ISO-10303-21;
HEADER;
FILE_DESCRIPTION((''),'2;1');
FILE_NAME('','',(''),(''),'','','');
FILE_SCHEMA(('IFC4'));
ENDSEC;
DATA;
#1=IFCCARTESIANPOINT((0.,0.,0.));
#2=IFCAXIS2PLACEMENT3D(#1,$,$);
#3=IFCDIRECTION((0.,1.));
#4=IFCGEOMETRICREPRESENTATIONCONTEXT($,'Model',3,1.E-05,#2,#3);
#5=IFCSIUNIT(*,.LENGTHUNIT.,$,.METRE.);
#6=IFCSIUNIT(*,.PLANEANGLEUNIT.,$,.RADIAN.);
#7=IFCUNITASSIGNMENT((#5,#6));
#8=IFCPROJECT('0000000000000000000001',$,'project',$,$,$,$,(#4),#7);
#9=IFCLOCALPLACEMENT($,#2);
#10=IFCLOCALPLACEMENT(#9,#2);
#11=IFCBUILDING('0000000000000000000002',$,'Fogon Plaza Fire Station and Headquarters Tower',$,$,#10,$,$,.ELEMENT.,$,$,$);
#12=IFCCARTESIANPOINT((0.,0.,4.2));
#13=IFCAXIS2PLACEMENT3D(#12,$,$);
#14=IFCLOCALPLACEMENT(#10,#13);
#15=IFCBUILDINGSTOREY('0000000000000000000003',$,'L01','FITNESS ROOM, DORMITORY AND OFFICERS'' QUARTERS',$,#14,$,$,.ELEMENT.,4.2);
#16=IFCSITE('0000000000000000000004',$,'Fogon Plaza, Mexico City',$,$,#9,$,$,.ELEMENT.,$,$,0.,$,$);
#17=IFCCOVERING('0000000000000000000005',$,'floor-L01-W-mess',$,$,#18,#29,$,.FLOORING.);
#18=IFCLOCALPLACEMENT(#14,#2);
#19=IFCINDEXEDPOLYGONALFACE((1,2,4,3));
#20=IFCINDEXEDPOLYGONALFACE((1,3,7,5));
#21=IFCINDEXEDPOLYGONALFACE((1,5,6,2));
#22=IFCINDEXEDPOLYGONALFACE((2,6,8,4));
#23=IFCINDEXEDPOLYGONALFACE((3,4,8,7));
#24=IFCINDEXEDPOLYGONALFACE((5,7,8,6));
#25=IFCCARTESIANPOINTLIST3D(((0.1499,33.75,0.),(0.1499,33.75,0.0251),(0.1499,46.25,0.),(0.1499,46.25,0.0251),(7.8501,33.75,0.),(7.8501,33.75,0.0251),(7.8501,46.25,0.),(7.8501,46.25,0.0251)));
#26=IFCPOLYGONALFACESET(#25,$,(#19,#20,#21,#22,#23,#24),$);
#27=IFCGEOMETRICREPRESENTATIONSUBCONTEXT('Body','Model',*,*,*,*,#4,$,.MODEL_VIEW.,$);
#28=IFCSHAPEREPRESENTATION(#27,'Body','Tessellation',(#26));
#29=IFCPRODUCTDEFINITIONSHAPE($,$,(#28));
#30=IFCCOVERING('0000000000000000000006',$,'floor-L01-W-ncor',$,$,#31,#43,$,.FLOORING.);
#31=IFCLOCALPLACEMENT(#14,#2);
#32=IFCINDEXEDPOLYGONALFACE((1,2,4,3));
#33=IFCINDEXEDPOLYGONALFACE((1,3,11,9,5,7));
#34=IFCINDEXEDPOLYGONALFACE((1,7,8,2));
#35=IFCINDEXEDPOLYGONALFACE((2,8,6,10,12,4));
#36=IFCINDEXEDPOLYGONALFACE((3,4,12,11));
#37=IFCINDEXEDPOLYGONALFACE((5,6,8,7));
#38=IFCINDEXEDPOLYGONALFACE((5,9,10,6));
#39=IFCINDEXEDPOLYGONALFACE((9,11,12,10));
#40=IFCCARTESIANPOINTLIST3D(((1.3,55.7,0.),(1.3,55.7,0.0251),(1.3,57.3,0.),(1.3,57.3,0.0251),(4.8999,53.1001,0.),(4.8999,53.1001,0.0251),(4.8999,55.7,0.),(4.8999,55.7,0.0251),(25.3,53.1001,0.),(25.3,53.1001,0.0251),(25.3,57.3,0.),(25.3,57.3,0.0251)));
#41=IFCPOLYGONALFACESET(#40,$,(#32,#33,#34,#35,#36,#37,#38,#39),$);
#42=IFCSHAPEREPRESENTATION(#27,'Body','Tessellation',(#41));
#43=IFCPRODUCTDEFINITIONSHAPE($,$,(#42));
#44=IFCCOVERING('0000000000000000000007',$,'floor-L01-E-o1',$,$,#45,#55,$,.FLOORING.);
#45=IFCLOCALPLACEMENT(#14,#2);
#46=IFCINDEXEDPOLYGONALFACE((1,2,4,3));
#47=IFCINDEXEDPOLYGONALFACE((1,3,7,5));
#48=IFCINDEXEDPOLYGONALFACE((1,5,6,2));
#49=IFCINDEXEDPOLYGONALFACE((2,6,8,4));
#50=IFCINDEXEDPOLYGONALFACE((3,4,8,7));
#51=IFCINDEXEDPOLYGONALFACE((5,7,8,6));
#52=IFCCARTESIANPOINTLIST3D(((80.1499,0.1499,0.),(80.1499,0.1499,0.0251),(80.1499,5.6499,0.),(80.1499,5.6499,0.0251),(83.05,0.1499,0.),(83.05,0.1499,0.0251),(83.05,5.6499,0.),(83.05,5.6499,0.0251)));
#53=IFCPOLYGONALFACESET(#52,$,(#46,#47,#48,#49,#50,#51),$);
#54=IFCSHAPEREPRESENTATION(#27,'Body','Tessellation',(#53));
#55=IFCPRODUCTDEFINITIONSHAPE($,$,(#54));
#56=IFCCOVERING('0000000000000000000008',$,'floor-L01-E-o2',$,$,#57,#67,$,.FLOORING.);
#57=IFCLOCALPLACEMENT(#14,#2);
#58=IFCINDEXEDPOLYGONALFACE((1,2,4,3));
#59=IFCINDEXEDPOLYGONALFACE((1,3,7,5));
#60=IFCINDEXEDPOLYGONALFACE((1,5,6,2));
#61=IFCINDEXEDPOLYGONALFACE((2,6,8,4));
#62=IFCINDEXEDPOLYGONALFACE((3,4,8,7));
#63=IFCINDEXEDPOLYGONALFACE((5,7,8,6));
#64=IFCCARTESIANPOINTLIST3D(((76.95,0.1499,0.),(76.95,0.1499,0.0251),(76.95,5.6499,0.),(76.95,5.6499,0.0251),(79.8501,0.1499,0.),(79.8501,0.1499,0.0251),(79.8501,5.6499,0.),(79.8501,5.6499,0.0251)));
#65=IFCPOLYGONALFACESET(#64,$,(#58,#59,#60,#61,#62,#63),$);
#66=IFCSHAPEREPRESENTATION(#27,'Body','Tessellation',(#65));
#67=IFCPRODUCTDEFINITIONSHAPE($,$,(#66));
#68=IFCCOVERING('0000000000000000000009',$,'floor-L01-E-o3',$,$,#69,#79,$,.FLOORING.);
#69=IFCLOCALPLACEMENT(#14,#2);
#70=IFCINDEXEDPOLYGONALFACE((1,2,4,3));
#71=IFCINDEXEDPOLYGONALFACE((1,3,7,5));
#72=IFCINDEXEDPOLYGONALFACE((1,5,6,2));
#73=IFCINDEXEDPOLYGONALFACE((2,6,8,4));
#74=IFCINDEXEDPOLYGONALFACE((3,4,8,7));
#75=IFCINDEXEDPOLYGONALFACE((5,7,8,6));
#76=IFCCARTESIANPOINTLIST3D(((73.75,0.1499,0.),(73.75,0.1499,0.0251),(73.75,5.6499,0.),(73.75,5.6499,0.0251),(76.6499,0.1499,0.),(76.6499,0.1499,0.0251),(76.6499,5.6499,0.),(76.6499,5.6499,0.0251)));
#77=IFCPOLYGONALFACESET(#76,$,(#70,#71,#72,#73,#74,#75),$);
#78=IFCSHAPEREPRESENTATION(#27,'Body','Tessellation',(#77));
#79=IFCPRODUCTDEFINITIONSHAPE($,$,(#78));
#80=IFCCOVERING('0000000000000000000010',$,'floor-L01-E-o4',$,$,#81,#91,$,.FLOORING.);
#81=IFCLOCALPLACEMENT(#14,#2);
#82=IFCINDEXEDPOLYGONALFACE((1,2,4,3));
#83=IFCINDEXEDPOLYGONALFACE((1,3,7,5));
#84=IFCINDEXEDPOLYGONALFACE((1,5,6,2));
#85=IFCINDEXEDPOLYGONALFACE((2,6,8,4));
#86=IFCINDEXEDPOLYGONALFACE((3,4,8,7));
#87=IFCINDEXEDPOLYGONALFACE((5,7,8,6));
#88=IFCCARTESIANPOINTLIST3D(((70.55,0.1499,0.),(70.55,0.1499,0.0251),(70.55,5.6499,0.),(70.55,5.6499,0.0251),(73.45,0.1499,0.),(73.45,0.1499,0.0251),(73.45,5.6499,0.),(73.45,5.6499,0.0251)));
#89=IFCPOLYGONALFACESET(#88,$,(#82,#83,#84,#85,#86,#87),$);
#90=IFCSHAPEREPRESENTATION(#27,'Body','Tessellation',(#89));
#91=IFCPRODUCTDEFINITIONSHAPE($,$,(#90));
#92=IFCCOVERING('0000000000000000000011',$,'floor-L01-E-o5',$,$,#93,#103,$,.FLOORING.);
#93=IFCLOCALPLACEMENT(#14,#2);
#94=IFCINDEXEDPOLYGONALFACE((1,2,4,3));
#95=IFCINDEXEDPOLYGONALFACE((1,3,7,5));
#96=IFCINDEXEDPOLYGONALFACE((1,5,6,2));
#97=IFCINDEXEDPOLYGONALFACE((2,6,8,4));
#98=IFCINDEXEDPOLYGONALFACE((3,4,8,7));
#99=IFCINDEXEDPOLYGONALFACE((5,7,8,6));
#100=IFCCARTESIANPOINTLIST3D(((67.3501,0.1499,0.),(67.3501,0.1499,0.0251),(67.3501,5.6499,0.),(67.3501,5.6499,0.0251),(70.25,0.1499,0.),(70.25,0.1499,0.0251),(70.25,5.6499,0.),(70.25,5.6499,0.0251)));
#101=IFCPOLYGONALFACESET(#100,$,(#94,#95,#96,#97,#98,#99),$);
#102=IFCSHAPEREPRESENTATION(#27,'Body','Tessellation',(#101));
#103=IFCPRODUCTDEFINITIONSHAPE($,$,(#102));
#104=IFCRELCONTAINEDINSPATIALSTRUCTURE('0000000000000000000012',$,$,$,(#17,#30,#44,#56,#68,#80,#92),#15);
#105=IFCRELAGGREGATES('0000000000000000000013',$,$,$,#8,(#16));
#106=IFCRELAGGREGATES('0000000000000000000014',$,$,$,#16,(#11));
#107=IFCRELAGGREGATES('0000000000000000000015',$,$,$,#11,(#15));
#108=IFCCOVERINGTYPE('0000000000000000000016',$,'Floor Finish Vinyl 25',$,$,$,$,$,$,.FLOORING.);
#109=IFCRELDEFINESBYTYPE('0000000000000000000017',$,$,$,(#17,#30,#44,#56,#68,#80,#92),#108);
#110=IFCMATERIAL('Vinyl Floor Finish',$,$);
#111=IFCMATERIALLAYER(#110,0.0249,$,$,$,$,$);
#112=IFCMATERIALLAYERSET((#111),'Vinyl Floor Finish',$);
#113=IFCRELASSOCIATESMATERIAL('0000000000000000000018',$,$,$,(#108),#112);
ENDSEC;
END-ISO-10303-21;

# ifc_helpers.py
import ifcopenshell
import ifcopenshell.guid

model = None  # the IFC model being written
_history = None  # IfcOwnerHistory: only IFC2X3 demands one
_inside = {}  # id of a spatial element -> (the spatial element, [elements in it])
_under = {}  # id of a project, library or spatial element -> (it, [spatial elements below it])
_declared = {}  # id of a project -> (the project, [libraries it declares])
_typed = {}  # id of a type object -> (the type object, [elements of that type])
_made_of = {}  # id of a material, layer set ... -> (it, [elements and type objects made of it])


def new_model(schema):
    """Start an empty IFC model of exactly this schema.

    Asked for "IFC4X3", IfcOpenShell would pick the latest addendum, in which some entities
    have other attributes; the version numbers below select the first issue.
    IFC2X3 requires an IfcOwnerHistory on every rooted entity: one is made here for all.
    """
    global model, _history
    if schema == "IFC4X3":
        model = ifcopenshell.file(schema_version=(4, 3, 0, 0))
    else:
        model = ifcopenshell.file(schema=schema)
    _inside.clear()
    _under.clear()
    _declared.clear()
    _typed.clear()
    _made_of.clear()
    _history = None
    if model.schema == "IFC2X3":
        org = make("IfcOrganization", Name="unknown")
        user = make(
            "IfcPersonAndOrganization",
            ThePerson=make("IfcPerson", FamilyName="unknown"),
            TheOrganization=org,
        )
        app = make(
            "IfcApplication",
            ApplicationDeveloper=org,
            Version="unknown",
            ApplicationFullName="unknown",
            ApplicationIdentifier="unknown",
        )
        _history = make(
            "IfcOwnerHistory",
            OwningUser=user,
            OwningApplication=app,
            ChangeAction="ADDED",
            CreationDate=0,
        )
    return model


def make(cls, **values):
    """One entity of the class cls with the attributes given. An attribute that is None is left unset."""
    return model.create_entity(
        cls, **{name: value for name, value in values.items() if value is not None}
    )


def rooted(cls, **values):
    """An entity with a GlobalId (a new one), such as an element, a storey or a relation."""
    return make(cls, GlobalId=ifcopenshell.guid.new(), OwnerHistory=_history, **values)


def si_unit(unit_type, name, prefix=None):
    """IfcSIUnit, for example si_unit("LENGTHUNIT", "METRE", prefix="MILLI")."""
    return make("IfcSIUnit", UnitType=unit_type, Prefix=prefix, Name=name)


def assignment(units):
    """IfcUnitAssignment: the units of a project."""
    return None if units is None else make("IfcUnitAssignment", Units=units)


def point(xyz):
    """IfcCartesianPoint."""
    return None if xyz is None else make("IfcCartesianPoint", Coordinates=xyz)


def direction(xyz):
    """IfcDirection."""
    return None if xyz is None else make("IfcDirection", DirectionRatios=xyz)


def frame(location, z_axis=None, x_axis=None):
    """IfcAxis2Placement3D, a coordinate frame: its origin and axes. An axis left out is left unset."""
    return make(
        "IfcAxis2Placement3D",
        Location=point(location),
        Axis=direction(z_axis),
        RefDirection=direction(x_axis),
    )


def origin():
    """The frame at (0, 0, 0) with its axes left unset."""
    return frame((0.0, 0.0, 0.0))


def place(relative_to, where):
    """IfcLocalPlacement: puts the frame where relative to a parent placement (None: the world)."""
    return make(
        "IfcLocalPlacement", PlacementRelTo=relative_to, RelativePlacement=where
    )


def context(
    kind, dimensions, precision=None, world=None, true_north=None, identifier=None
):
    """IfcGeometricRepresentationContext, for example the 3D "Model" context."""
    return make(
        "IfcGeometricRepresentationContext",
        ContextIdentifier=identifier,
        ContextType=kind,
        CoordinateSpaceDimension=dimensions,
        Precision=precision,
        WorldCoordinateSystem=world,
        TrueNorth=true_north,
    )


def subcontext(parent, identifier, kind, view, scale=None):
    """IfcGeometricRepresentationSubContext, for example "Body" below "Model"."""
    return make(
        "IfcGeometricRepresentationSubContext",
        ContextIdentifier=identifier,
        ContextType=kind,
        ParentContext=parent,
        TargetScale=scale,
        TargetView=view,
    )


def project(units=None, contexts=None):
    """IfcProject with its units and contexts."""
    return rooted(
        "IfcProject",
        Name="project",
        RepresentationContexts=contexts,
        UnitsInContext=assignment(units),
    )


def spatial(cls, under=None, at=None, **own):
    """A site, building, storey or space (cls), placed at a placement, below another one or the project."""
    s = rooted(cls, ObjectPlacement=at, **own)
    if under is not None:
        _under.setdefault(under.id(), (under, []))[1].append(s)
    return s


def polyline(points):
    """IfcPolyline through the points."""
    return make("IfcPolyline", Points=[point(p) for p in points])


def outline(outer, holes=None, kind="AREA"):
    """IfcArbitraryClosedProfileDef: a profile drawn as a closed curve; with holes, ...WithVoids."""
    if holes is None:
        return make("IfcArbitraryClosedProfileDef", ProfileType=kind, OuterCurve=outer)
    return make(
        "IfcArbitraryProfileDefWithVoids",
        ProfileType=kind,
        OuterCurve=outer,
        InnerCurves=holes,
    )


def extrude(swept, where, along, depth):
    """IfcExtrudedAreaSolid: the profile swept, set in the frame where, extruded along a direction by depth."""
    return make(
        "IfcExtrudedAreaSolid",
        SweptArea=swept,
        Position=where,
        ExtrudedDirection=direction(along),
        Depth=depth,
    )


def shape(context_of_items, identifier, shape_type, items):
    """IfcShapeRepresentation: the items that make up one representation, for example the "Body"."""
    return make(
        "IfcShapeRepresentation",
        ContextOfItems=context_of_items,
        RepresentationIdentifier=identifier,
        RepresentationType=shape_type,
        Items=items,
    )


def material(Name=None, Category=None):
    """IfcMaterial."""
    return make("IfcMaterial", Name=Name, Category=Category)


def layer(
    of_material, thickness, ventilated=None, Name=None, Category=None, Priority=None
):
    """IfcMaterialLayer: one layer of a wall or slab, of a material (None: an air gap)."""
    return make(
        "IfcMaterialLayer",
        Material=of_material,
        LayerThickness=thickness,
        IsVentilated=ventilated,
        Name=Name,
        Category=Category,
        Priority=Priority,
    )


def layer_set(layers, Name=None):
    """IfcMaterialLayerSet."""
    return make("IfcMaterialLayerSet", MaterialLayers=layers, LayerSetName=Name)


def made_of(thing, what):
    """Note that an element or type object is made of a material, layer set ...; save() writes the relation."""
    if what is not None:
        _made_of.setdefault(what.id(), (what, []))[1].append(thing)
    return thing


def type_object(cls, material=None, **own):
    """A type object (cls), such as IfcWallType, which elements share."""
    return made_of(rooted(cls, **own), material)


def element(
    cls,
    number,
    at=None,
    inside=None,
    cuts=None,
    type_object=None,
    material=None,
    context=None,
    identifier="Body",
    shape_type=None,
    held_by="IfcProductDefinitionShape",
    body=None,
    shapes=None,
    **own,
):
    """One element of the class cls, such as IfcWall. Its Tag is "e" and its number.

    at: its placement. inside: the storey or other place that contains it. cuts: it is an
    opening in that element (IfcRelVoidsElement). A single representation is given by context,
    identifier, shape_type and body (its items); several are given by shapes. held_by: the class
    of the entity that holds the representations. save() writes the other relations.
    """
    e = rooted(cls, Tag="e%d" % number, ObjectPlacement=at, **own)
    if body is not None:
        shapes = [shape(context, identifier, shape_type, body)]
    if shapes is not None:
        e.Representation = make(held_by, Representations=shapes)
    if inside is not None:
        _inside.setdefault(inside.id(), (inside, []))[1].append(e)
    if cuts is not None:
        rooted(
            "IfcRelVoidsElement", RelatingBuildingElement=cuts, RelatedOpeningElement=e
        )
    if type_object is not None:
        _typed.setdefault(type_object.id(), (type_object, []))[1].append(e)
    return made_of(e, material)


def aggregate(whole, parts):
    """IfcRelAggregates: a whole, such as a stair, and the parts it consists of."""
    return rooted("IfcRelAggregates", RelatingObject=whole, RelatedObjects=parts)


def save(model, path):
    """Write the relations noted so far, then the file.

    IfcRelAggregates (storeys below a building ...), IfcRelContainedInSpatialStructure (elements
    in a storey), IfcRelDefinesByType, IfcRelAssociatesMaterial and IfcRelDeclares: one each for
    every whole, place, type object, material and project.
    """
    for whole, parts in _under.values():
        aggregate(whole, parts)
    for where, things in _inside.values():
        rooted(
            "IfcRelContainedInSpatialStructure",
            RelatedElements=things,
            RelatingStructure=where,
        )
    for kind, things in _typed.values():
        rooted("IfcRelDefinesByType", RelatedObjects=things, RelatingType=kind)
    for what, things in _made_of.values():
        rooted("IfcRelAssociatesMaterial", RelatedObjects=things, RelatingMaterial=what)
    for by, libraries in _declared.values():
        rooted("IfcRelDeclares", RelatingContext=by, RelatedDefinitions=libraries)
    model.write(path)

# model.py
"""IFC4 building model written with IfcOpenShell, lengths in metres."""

from ifc_helpers import new_model, si_unit, direction, frame, origin, place, context, subcontext, project, spatial, polyline, outline, extrude, material, layer, layer_set, type_object, element, save


model = new_model("IFC4")

# Units and contexts
model_context = context("Model", 3, precision=1e-05, world=origin(), true_north=direction((0.0, 1.0)))
body_context = subcontext(model_context, "Body", "Model", "MODEL_VIEW")
ifc_project = project(units=[si_unit("LENGTHUNIT", "METRE"), si_unit("PLANEANGLEUNIT", "RADIAN")], contexts=[model_context])

# Site, building, storey
site_placement = place(None, origin())
site = spatial("IfcSite", under=ifc_project, at=site_placement, Name="Fogon Plaza, Mexico City", CompositionType="ELEMENT", RefElevation=0.0)
building_placement = place(site_placement, origin())
building = spatial("IfcBuilding", under=site, at=building_placement, Name="Fogon Plaza Fire Station and Headquarters Tower", CompositionType="ELEMENT")
storey_placement = place(building_placement, frame((0.0, 0.0, 4.2)))
storey = spatial("IfcBuildingStorey", under=building, at=storey_placement, Name="L01", Description="FITNESS ROOM, DORMITORY AND OFFICERS' QUARTERS", CompositionType="ELEMENT", Elevation=4.2)

# Coverings
ifc_material_1 = material(Name="Vinyl Floor Finish")
ifc_layer_1 = layer(ifc_material_1, 0.0249)
ifc_layer_set_1 = layer_set([ifc_layer_1], Name="Vinyl Floor Finish")
covering_type_1 = type_object("IfcCoveringType", Name="Floor Finish Vinyl 25", PredefinedType="FLOORING", material=ifc_layer_set_1)
covering_1_placement = place(storey_placement, origin())
element("IfcCovering", 1, at=covering_1_placement, inside=storey, type_object=covering_type_1, Name="floor-L01-W-mess", PredefinedType="FLOORING", context=body_context, shape_type="SweptSolid", body=[
    extrude(outline(polyline([(0.1499, 33.75), (0.1499, 46.25), (7.8501, 46.25), (7.8501, 33.75), (0.1499, 33.75)])), origin(), (0.0, 0.0, 1.0), 0.0251),
])
covering_2_placement = place(storey_placement, origin())
element("IfcCovering", 2, at=covering_2_placement, inside=storey, type_object=covering_type_1, Name="floor-L01-W-ncor", PredefinedType="FLOORING", context=body_context, shape_type="SweptSolid", body=[
    extrude(outline(polyline([(4.8999, 53.1001), (4.8999, 55.7), (1.3, 55.7), (1.3, 57.3), (25.3, 57.3), (25.3, 53.1001), (4.8999, 53.1001)])), origin(), (0.0, 0.0, 1.0), 0.0251),
])
covering_3_placement = place(storey_placement, origin())
element("IfcCovering", 3, at=covering_3_placement, inside=storey, type_object=covering_type_1, Name="floor-L01-E-o1", PredefinedType="FLOORING", context=body_context, shape_type="SweptSolid", body=[
    extrude(outline(polyline([(80.1499, 0.1499), (80.1499, 5.6499), (83.05, 5.6499), (83.05, 0.1499), (80.1499, 0.1499)])), origin(), (0.0, 0.0, 1.0), 0.0251),
])
covering_4_placement = place(storey_placement, origin())
element("IfcCovering", 4, at=covering_4_placement, inside=storey, type_object=covering_type_1, Name="floor-L01-E-o2", PredefinedType="FLOORING", context=body_context, shape_type="SweptSolid", body=[
    extrude(outline(polyline([(76.95, 0.1499), (76.95, 5.6499), (79.8501, 5.6499), (79.8501, 0.1499), (76.95, 0.1499)])), origin(), (0.0, 0.0, 1.0), 0.0251),
])
covering_5_placement = place(storey_placement, origin())
element("IfcCovering", 5, at=covering_5_placement, inside=storey, type_object=covering_type_1, Name="floor-L01-E-o3", PredefinedType="FLOORING", context=body_context, shape_type="SweptSolid", body=[
    extrude(outline(polyline([(73.75, 0.1499), (73.75, 5.6499), (76.6499, 5.6499), (76.6499, 0.1499), (73.75, 0.1499)])), origin(), (0.0, 0.0, 1.0), 0.0251),
])
covering_6_placement = place(storey_placement, origin())
element("IfcCovering", 6, at=covering_6_placement, inside=storey, type_object=covering_type_1, Name="floor-L01-E-o4", PredefinedType="FLOORING", context=body_context, shape_type="SweptSolid", body=[
    extrude(outline(polyline([(70.55, 0.1499), (70.55, 5.6499), (73.45, 5.6499), (73.45, 0.1499), (70.55, 0.1499)])), origin(), (0.0, 0.0, 1.0), 0.0251),
])
covering_7_placement = place(storey_placement, origin())
element("IfcCovering", 7, at=covering_7_placement, inside=storey, type_object=covering_type_1, Name="floor-L01-E-o5", PredefinedType="FLOORING", context=body_context, shape_type="SweptSolid", body=[
    extrude(outline(polyline([(67.3501, 0.1499), (67.3501, 5.6499), (70.25, 5.6499), (70.25, 0.1499), (67.3501, 0.1499)])), origin(), (0.0, 0.0, 1.0), 0.0251),
])

save(model, "model.ifc")
